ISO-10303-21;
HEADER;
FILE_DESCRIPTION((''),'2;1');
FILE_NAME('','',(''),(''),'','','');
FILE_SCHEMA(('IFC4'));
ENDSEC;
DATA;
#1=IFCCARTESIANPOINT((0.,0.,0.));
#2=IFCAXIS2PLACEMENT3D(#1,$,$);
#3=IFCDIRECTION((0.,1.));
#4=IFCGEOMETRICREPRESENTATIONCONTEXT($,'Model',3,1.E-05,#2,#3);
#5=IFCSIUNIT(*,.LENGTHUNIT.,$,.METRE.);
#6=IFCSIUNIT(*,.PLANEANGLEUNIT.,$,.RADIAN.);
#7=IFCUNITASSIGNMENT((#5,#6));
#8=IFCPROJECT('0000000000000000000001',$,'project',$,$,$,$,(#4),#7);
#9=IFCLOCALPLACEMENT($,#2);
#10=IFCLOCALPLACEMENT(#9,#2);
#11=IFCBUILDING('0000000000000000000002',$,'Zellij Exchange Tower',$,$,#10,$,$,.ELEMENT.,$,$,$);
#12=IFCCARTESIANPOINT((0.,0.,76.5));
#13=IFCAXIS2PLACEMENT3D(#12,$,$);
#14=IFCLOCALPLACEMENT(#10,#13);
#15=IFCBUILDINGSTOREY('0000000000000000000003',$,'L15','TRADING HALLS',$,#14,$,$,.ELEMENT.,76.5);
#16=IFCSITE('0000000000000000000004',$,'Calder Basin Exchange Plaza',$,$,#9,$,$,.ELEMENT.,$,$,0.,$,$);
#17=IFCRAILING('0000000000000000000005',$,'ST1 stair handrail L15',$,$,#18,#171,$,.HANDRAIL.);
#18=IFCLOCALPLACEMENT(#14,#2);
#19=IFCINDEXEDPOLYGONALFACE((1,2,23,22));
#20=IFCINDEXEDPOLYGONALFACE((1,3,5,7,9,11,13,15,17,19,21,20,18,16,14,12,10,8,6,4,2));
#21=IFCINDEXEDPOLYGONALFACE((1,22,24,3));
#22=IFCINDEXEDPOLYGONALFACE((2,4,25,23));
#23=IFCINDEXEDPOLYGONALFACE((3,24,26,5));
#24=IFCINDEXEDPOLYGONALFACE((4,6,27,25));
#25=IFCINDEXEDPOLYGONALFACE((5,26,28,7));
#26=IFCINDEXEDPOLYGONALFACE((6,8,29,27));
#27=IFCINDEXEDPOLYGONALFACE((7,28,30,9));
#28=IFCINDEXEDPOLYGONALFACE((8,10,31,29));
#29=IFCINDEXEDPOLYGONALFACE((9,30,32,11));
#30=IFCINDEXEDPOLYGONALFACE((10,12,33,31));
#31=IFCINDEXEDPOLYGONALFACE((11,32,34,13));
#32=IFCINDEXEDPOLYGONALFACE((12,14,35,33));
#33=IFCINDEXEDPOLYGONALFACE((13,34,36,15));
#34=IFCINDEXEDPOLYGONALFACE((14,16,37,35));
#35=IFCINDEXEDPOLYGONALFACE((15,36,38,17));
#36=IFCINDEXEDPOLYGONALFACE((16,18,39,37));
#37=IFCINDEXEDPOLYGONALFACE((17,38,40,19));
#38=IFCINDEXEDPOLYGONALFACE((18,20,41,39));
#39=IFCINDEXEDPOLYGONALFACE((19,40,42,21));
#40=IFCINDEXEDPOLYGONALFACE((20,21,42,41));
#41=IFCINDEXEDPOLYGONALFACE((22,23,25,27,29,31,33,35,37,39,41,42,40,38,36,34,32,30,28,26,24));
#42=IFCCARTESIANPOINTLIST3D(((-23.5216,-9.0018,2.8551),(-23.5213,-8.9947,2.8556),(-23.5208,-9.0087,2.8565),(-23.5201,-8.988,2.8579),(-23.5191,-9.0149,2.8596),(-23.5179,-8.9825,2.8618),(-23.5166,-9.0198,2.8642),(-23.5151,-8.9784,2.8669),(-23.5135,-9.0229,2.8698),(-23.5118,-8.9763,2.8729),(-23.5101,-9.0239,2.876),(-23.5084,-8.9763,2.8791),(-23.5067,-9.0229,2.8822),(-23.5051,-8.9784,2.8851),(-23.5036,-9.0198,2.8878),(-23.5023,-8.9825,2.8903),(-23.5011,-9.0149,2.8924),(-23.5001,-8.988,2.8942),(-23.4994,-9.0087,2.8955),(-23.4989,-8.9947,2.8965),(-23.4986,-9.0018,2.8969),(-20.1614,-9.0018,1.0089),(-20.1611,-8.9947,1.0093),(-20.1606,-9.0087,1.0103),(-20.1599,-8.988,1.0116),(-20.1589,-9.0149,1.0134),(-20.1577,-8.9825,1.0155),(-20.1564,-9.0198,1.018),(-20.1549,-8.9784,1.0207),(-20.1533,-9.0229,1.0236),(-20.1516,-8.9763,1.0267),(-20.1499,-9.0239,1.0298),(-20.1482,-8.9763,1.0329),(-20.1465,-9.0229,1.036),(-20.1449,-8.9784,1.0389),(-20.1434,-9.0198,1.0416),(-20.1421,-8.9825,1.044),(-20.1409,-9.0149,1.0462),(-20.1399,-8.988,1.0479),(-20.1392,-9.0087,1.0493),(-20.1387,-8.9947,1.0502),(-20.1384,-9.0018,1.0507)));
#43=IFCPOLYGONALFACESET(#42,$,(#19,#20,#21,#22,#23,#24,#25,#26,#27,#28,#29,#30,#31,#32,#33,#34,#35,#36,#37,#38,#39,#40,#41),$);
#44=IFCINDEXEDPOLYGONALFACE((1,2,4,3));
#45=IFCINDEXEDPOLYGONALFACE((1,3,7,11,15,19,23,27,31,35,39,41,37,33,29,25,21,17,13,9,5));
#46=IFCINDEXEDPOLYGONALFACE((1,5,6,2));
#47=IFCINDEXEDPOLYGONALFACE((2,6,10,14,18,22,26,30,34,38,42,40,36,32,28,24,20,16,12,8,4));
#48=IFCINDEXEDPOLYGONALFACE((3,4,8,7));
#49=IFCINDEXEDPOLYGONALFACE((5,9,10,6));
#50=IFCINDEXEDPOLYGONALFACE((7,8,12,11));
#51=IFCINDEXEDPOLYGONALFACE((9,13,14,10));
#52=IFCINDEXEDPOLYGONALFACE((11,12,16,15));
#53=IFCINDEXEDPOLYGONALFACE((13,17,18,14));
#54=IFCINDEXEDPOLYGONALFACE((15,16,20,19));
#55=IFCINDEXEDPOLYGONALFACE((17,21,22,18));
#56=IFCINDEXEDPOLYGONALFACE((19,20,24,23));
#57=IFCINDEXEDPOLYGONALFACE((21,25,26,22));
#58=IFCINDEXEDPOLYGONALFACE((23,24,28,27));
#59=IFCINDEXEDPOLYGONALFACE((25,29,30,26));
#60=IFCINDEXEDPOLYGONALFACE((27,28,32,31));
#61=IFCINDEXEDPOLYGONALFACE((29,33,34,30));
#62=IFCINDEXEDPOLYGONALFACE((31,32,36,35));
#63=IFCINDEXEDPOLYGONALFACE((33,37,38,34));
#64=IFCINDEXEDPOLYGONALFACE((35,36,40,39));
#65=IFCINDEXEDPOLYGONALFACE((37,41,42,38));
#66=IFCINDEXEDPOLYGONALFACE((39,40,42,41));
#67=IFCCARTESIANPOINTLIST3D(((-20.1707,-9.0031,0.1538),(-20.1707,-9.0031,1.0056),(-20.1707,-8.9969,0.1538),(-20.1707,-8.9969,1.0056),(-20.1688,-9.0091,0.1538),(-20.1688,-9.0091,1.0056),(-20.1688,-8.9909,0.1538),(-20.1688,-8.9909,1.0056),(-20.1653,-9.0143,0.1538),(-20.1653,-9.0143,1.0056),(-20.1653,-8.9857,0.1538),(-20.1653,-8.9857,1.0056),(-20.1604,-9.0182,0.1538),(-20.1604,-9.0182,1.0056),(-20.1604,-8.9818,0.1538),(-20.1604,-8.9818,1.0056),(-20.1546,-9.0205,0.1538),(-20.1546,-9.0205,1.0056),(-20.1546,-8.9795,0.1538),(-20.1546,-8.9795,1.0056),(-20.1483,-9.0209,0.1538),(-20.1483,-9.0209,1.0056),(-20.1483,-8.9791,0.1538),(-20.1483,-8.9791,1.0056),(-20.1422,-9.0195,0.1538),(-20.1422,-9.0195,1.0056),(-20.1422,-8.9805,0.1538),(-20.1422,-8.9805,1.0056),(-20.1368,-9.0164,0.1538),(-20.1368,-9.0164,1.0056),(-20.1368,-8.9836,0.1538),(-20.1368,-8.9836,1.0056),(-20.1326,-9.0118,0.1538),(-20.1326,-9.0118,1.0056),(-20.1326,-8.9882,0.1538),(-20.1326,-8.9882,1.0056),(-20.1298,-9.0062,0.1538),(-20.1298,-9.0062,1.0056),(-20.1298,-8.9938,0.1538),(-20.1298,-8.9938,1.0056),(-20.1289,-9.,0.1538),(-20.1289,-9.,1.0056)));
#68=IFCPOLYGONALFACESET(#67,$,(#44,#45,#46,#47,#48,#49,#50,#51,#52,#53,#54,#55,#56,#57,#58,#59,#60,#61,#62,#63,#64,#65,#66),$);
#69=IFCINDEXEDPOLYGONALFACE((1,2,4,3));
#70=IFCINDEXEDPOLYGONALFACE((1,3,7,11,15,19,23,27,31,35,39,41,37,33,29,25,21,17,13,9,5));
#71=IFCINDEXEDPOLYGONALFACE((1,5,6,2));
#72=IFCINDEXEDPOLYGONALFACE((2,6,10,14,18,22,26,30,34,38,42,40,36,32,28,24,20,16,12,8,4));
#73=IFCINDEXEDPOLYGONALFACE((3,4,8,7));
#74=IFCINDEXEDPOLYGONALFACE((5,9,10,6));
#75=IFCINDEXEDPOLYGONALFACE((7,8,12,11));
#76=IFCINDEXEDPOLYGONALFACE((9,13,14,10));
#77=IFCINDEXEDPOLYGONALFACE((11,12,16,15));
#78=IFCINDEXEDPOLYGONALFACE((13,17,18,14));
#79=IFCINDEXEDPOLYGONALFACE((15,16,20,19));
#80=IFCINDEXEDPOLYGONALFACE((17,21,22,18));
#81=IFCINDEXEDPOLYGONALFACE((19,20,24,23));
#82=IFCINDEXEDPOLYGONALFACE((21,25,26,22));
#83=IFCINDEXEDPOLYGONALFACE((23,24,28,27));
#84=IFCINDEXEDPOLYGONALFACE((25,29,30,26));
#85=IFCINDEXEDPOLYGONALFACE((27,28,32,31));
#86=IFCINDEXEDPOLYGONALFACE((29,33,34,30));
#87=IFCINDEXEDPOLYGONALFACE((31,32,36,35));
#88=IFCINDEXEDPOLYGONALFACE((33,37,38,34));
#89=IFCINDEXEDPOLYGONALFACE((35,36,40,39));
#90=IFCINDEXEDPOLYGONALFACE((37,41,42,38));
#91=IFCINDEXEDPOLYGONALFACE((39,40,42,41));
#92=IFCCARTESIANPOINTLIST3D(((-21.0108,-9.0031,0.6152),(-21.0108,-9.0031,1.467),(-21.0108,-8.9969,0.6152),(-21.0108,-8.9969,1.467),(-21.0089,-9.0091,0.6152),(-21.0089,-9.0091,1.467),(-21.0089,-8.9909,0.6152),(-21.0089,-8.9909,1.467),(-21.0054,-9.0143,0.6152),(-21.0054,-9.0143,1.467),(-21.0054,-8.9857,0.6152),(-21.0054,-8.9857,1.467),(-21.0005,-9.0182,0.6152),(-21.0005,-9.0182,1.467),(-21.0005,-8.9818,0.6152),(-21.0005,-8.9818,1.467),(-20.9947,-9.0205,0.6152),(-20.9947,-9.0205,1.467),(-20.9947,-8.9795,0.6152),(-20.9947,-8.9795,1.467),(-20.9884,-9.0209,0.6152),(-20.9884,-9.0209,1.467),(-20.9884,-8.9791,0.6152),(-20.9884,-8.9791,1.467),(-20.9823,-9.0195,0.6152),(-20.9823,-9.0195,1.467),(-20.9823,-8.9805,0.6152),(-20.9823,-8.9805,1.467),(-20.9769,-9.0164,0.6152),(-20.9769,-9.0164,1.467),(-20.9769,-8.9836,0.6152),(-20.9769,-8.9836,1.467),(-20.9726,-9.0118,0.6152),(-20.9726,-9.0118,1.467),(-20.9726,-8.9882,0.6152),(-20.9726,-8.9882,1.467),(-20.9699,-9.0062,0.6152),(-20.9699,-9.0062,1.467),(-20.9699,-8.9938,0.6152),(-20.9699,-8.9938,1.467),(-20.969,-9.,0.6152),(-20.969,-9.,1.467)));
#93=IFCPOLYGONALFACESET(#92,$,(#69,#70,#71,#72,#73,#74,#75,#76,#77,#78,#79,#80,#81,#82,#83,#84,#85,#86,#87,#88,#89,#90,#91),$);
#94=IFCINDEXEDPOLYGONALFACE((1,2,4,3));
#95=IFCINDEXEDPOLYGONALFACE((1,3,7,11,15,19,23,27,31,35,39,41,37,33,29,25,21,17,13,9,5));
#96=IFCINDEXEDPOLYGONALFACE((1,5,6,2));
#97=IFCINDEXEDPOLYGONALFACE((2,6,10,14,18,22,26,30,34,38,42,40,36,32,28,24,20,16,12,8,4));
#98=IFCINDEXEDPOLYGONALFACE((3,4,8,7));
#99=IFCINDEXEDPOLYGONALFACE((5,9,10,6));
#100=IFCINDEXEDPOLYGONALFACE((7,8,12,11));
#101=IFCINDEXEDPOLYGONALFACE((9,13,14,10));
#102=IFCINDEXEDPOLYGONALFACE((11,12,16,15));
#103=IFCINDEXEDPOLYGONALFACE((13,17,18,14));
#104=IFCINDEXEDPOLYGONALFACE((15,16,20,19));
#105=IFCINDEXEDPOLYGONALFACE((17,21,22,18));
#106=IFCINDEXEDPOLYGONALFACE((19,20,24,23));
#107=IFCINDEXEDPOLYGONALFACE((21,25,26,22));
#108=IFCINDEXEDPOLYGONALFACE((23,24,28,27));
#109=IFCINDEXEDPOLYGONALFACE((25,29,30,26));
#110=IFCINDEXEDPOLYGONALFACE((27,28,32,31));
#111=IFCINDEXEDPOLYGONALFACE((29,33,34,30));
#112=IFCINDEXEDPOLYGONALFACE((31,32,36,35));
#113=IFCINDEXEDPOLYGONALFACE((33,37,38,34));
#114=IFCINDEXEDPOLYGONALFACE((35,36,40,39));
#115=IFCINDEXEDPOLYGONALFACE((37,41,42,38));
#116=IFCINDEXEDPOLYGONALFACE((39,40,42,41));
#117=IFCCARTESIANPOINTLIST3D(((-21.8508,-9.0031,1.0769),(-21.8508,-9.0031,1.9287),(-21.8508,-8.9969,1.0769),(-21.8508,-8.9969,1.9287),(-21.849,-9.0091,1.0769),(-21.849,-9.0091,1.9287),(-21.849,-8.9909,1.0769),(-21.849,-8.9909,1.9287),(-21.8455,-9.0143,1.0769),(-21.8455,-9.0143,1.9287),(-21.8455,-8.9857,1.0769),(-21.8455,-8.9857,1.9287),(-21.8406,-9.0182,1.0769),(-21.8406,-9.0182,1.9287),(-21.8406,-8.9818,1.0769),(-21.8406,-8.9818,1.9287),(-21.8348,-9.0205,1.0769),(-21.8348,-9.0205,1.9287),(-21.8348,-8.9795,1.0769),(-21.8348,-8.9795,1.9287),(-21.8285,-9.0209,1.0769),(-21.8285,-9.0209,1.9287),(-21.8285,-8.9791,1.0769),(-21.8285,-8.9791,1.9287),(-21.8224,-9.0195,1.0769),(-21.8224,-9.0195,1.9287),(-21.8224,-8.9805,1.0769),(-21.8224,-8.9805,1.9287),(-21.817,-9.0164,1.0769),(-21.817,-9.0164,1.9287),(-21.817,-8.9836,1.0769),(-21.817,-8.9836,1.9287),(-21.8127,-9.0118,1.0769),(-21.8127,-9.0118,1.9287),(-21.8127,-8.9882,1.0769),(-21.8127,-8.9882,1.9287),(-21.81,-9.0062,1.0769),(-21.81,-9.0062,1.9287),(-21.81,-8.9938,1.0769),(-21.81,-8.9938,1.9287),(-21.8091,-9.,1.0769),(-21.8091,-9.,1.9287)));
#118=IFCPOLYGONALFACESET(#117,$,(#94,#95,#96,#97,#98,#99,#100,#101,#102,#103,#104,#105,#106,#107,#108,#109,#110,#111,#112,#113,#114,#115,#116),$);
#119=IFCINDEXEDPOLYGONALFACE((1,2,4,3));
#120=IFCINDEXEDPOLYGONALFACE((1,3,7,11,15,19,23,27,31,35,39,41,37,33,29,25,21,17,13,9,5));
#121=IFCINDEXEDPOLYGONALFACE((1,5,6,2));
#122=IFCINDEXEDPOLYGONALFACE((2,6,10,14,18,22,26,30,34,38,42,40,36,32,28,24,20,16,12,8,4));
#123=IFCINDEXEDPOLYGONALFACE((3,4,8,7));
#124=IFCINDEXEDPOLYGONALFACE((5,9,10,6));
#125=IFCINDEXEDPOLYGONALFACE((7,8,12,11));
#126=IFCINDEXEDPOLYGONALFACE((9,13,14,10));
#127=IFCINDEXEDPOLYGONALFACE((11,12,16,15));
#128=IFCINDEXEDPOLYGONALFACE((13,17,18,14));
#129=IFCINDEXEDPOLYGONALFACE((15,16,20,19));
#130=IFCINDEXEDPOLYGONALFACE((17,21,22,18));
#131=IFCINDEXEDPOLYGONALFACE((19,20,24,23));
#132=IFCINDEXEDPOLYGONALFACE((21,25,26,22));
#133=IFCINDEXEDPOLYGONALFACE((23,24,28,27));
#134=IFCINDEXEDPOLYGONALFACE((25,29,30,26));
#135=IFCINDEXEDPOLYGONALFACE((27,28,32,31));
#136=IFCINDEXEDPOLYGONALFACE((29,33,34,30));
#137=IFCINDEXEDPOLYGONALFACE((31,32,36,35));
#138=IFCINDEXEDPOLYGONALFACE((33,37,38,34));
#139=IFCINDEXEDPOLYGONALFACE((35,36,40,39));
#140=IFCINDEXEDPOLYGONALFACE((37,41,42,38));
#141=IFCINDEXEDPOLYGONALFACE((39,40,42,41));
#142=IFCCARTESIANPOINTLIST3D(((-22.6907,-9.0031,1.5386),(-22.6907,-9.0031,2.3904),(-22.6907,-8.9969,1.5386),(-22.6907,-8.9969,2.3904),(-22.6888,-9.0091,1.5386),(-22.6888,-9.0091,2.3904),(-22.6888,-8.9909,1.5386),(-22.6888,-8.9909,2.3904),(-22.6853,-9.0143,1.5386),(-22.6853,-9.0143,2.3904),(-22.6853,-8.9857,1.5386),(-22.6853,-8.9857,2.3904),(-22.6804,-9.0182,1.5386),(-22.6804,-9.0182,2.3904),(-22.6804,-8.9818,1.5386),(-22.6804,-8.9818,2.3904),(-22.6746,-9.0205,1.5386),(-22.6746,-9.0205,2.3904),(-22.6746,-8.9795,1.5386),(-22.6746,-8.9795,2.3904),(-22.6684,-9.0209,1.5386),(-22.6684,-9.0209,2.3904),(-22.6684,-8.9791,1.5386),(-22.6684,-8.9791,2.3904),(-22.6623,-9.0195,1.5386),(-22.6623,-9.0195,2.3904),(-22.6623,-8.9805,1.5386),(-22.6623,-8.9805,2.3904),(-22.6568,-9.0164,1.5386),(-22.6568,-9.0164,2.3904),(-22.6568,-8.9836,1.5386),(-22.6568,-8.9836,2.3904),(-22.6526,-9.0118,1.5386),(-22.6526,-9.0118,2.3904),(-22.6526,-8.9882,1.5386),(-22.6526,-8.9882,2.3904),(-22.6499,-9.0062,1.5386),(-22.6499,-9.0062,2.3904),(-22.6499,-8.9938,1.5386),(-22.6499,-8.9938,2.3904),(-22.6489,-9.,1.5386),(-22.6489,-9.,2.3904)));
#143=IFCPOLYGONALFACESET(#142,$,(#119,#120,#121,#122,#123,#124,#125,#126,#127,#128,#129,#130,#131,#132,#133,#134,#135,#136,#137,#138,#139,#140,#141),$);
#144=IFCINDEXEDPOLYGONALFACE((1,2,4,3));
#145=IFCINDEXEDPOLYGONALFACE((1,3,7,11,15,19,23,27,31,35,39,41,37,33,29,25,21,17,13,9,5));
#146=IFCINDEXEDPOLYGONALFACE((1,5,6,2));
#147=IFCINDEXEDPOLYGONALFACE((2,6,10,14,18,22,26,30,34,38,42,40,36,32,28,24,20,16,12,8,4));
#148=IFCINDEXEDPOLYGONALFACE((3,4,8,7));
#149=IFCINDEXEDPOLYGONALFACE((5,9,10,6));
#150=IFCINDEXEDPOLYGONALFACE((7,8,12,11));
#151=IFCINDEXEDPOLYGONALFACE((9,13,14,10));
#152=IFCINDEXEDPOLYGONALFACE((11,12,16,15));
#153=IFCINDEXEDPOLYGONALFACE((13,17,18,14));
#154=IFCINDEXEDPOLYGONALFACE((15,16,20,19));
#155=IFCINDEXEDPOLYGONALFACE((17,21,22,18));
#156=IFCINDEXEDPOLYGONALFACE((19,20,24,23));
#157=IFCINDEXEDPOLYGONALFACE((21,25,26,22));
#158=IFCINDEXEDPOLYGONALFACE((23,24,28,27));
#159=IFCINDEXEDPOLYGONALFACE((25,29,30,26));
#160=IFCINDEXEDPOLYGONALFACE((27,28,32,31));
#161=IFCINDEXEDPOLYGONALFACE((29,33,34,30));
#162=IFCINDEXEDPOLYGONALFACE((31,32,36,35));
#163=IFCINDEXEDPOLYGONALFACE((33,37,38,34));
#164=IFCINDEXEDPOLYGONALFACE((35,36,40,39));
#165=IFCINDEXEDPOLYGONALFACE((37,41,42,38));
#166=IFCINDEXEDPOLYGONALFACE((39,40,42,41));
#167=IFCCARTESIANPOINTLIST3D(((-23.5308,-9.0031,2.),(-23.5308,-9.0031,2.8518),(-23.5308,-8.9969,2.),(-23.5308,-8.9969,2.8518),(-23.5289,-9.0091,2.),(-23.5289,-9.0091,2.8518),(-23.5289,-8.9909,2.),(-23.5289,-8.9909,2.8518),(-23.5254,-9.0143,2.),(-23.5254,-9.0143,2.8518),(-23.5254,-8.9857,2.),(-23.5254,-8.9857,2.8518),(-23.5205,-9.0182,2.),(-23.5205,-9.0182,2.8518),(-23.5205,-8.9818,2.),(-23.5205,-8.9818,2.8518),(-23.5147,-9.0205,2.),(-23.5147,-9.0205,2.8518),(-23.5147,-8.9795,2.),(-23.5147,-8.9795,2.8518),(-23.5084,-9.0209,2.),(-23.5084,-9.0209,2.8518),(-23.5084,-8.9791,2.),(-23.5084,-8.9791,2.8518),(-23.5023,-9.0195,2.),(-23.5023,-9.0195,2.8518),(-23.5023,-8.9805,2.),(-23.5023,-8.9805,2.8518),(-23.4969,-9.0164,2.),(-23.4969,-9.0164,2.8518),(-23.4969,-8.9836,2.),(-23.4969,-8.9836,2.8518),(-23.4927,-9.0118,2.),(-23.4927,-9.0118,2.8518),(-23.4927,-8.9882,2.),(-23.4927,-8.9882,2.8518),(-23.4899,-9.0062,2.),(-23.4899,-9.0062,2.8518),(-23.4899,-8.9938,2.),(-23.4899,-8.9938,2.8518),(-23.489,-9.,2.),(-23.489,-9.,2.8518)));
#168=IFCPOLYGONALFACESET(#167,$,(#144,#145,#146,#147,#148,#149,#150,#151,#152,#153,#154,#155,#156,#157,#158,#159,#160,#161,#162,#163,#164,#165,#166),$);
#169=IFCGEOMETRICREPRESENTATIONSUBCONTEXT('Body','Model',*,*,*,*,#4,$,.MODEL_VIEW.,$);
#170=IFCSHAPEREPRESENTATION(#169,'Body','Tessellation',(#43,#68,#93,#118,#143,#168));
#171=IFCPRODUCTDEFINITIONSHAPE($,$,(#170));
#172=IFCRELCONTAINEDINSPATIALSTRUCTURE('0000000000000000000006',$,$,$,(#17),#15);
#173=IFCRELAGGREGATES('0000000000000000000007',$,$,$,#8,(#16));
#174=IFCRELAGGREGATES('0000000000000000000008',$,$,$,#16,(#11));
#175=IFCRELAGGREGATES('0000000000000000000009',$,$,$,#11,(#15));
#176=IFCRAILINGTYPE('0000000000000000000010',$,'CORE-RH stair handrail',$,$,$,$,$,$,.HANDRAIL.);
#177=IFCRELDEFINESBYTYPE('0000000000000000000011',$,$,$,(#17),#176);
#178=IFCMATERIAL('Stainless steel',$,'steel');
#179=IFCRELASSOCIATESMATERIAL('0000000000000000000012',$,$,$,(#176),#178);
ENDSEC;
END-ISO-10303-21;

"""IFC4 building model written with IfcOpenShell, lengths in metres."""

from ifc_helpers import new_model, si_unit, direction, frame, origin, origin_2d, place, context, subcontext, project, spatial, circle, extrude, material, type_object, element, save


model = new_model("IFC4")

# Units and contexts
model_context = context("Model", 3, precision=1e-05, world=origin(), true_north=direction((0.0, 1.0)))
body_context = subcontext(model_context, "Body", "Model", "MODEL_VIEW")
ifc_project = project(units=[si_unit("LENGTHUNIT", "METRE"), si_unit("PLANEANGLEUNIT", "RADIAN")], contexts=[model_context])

# Site, building, storey
site_placement = place(None, origin())
site = spatial("IfcSite", under=ifc_project, at=site_placement, Name="Calder Basin Exchange Plaza", CompositionType="ELEMENT", RefElevation=0.0)
building_placement = place(site_placement, origin())
building = spatial("IfcBuilding", under=site, at=building_placement, Name="Zellij Exchange Tower", CompositionType="ELEMENT")
storey_placement = place(building_placement, frame((0.0, 0.0, 76.5)))
storey = spatial("IfcBuildingStorey", under=building, at=storey_placement, Name="L15", Description="TRADING HALLS", CompositionType="ELEMENT", Elevation=76.5)

# Railing
ifc_material_1 = material(Name="Stainless steel", Category="steel")
railing_type_1 = type_object("IfcRailingType", Name="CORE-RH stair handrail", PredefinedType="HANDRAIL", material=ifc_material_1)
railing_1_placement = place(storey_placement, frame((-20.1499, -9.0, 0.1538)))
element("IfcRailing", 1, at=railing_1_placement, inside=storey, type_object=railing_type_1, Name="ST1 stair handrail L15", PredefinedType="HANDRAIL", context=body_context, shape_type="SweptSolid", body=[
    extrude(circle(Radius=0.0239, at=origin_2d()), frame((0.0, 0.0, 0.876), z_axis=(-0.876422, 0.0, 0.481545), x_axis=(0.0, -1.0, 0.0)), (0.0, 0.0, 1.0), 3.834),
    extrude(circle(Radius=0.021, at=origin_2d()), origin(), (0.0, 0.0, 1.0), 0.8518),
    extrude(circle(Radius=0.021, at=origin_2d()), frame((-0.8401, 0.0, 0.4614)), (0.0, 0.0, 1.0), 0.8518),
    extrude(circle(Radius=0.021, at=origin_2d()), frame((-1.6802, 0.0, 0.9231)), (0.0, 0.0, 1.0), 0.8518),
    extrude(circle(Radius=0.021, at=origin_2d()), frame((-2.52, 0.0, 1.3848)), (0.0, 0.0, 1.0), 0.8518),
    extrude(circle(Radius=0.021, at=origin_2d()), frame((-3.3601, 0.0, 1.8462)), (0.0, 0.0, 1.0), 0.8518),
])

save(model, "model.ifc")
